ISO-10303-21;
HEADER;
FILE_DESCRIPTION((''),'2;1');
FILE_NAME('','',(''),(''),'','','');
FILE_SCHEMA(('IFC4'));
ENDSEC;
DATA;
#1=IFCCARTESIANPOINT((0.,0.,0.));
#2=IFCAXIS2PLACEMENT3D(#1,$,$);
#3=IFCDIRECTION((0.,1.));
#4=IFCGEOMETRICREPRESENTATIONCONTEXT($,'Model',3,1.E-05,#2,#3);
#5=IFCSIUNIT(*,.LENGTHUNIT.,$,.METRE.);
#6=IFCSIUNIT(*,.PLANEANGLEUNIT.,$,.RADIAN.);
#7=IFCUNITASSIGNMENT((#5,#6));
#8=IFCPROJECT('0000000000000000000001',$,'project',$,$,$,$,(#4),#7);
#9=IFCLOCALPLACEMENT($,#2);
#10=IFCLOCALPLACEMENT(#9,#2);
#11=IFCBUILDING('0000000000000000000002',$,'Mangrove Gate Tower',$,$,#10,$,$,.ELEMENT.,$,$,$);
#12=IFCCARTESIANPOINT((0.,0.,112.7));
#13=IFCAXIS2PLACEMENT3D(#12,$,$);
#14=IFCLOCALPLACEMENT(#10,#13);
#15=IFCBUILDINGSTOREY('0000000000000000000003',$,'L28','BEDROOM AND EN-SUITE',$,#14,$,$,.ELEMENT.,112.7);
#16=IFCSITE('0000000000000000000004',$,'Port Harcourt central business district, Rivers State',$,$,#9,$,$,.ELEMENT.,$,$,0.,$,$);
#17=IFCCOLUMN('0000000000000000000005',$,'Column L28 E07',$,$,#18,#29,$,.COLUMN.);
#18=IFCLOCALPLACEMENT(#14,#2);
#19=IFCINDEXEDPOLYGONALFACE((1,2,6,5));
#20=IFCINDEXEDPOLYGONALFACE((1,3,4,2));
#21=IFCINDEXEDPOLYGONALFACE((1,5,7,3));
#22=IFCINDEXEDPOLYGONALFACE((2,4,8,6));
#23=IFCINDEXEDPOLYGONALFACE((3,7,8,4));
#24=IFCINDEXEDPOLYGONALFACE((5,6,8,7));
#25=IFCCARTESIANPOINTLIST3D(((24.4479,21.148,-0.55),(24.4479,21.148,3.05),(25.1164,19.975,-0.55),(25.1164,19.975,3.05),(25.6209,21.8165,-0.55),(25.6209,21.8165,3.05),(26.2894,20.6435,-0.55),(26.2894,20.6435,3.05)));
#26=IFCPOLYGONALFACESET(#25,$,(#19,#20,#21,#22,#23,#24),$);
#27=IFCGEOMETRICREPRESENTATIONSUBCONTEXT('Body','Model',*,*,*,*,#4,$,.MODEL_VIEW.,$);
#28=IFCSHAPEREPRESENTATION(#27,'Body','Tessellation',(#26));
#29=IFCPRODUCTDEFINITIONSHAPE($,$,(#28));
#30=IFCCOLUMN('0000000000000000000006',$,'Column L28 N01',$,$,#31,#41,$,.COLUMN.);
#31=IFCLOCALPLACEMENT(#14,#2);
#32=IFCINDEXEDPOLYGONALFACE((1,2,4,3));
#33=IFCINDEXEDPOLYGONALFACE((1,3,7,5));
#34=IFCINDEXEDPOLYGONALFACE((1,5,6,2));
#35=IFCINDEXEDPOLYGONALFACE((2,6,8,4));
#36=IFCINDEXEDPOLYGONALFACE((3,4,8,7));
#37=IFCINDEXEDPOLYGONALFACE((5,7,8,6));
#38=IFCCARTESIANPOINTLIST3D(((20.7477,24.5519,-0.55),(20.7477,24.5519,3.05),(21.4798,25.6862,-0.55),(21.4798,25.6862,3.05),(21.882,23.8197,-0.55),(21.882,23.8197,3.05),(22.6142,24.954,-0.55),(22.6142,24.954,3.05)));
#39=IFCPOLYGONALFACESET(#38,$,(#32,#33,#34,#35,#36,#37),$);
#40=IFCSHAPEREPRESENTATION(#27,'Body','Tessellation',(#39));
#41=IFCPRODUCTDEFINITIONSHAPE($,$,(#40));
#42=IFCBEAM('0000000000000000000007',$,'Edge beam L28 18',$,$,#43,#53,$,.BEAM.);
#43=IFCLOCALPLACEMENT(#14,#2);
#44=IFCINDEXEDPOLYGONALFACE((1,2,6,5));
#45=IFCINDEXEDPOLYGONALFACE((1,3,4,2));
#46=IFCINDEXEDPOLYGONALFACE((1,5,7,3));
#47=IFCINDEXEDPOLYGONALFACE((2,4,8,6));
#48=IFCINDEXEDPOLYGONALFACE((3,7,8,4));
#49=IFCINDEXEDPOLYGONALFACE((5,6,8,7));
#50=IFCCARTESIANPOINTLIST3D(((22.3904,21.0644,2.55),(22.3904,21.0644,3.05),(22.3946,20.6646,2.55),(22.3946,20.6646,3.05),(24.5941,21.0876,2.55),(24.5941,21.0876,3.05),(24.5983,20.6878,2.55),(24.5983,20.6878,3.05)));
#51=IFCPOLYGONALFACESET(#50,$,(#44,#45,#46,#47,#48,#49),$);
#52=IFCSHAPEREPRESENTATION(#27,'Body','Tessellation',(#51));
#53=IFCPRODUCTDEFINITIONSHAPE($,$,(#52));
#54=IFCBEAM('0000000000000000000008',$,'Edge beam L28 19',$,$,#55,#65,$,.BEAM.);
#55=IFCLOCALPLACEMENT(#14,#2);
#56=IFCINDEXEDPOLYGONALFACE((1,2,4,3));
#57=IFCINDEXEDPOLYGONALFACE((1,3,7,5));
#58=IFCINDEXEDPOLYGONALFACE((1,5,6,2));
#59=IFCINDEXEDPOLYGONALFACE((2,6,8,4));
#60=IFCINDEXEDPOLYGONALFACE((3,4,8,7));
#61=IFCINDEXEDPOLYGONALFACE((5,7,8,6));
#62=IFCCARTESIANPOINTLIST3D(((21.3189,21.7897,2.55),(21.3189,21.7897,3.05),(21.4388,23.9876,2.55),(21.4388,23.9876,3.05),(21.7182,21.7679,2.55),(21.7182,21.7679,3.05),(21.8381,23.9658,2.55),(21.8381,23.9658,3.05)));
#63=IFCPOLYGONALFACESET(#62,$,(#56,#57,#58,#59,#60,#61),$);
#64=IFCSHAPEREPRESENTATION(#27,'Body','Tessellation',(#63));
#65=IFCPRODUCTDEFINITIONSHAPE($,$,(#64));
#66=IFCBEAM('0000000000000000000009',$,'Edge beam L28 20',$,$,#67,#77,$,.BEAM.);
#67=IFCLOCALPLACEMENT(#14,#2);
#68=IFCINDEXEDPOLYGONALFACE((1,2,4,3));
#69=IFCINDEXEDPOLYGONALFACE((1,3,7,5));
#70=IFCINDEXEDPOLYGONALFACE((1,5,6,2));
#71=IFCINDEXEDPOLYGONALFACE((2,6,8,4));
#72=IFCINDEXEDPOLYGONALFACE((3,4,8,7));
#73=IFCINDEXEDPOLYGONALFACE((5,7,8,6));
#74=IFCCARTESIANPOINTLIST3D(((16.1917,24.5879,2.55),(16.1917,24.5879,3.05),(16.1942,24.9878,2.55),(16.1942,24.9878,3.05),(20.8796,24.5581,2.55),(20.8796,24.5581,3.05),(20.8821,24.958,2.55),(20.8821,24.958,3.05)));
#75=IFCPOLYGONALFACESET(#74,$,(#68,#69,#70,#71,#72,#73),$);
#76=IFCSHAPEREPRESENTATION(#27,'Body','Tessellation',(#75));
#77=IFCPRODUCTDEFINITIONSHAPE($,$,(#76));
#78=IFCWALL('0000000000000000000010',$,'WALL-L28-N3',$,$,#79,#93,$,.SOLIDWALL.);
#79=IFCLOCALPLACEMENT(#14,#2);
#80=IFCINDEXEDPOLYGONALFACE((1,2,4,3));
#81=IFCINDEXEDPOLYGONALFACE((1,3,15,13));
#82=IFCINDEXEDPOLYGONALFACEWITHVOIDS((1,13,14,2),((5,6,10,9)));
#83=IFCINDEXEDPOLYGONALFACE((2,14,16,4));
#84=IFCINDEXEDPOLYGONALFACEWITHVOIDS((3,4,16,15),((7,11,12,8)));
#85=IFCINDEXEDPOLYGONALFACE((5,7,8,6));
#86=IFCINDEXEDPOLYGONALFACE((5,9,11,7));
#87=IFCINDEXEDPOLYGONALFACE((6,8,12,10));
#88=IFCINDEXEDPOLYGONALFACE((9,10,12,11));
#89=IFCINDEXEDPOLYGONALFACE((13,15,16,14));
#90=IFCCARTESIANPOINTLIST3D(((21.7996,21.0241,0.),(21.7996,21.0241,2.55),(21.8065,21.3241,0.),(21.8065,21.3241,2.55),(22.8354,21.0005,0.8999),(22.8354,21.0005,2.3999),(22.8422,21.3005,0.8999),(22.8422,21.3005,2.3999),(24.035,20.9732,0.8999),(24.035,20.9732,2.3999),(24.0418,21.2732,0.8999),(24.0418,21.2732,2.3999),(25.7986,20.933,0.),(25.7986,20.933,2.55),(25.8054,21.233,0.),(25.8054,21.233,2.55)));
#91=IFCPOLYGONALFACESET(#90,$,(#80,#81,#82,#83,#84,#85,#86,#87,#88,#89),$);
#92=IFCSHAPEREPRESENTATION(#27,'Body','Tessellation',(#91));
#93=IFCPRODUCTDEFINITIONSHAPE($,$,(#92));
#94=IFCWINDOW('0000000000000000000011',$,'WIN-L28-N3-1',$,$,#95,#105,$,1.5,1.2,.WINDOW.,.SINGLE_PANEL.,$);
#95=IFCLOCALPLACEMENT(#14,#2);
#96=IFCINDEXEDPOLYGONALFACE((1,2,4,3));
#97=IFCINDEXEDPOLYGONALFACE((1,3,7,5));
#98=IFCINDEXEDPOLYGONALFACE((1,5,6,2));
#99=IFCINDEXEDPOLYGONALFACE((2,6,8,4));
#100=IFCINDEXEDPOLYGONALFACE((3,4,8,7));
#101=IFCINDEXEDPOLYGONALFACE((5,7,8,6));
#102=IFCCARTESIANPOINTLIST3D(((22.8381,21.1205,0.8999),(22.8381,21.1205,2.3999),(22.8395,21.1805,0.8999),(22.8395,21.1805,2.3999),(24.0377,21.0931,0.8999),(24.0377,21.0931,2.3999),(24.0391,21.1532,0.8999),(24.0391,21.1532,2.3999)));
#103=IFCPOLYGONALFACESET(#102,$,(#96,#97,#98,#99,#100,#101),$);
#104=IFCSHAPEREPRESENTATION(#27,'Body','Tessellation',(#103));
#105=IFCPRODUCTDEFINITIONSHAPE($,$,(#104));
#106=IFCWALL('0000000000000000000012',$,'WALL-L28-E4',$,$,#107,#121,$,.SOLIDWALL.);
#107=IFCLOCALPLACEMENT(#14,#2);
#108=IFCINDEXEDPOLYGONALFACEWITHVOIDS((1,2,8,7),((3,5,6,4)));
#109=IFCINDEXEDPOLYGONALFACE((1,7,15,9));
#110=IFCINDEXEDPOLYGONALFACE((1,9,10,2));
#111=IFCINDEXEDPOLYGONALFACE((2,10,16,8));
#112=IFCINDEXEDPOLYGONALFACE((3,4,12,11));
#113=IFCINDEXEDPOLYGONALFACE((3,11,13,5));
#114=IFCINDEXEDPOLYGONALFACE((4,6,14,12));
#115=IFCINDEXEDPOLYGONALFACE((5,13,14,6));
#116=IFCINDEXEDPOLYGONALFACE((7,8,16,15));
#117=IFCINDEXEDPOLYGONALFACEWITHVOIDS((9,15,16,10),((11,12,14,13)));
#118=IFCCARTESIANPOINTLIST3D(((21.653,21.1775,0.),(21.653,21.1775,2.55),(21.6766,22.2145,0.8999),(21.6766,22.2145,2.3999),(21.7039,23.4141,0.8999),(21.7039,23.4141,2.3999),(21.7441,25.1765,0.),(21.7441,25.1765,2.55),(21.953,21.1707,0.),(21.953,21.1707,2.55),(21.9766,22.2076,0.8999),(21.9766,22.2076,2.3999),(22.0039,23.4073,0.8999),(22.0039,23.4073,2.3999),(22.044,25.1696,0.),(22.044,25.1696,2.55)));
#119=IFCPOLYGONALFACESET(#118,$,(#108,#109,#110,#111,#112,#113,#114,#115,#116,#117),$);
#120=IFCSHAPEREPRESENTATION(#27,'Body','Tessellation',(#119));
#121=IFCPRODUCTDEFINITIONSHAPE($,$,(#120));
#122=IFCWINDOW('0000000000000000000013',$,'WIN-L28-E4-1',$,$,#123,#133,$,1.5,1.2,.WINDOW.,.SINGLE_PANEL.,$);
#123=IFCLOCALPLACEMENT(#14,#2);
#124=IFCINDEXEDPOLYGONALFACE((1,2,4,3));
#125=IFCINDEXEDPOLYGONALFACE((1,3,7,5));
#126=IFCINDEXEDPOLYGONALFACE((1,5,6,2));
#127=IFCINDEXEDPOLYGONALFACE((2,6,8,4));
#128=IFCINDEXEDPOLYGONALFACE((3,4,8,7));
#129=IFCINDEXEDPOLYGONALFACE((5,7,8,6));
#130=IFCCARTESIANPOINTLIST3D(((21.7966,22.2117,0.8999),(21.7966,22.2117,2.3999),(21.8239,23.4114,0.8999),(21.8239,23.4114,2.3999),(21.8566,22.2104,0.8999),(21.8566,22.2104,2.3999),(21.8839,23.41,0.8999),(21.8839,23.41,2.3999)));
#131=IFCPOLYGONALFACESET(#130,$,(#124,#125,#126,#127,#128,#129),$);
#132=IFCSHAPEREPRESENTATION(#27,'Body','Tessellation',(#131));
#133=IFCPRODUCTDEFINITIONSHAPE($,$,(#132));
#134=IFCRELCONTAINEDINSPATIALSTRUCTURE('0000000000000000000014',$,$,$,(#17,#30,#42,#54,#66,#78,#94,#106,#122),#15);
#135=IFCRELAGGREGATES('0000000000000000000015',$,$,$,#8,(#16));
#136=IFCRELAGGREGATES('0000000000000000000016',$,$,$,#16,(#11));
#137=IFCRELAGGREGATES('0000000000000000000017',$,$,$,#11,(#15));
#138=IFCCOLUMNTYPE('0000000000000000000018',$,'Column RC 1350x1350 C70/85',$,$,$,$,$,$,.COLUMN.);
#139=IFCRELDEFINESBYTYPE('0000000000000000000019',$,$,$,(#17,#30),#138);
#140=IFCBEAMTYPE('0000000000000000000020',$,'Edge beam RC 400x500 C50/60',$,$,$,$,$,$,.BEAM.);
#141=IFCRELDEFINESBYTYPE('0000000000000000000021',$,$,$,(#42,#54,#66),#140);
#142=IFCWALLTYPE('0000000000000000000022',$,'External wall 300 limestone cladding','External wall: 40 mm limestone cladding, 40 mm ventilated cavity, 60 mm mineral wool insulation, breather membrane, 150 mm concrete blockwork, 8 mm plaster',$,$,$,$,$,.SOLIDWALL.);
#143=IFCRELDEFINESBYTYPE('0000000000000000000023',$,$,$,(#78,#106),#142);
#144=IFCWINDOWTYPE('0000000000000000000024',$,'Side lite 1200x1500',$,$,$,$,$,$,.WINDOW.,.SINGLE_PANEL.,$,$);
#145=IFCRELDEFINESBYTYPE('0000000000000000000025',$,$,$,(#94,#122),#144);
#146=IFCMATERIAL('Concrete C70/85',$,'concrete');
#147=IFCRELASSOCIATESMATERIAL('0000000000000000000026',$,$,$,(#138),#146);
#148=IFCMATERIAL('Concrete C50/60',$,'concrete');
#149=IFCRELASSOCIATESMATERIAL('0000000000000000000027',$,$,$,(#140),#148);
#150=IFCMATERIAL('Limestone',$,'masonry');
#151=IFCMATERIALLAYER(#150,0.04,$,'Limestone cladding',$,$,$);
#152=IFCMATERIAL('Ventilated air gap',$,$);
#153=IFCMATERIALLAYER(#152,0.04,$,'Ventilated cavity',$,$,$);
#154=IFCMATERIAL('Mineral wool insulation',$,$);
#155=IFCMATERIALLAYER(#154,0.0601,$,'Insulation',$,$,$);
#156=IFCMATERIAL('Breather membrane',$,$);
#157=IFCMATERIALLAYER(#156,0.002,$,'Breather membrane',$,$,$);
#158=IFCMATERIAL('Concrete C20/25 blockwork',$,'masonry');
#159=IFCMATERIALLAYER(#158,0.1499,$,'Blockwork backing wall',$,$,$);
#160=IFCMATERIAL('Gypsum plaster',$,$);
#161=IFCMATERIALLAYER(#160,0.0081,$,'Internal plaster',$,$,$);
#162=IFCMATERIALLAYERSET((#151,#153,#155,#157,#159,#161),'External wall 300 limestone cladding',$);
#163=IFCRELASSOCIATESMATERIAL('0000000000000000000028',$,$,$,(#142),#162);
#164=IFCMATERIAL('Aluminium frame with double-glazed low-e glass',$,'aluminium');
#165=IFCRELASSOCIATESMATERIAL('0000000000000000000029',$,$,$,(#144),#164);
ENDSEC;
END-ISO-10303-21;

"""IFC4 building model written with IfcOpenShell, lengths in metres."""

from ifc_helpers import new_model, si_unit, direction, frame, frame_2d, origin, origin_2d, place, context, subcontext, project, spatial, rectangle, extrude, material, layer, layer_set, material_profile, profile_set, type_object, element, fill, save


model = new_model("IFC4")

# Units and contexts
model_context = context("Model", 3, precision=1e-05, world=origin(), true_north=direction((0.0, 1.0)))
body_context = subcontext(model_context, "Body", "Model", "MODEL_VIEW")
ifc_project = project(units=[si_unit("LENGTHUNIT", "METRE"), si_unit("PLANEANGLEUNIT", "RADIAN")], contexts=[model_context])

# Site, building, storey
site_placement = place(None, origin())
site = spatial("IfcSite", under=ifc_project, at=site_placement, Name="Port Harcourt central business district, Rivers State", CompositionType="ELEMENT", RefElevation=0.0)
building_placement = place(site_placement, origin())
building = spatial("IfcBuilding", under=site, at=building_placement, Name="Mangrove Gate Tower", CompositionType="ELEMENT")
storey_placement = place(building_placement, frame((0.0, 0.0, 112.7)))
storey = spatial("IfcBuildingStorey", under=building, at=storey_placement, Name="L28", Description="BEDROOM AND EN-SUITE", CompositionType="ELEMENT", Elevation=112.7)

# Columns
ifc_material_1 = material(Name="Concrete C70/85", Category="concrete")
ifc_material_profile_1 = material_profile(ifc_material_1, rectangle(XDim=1.3501, YDim=1.3501, at=origin_2d()))
ifc_profile_set_1 = profile_set([ifc_material_profile_1], Name="Concrete C70/85")
column_type = type_object("IfcColumnType", Name="Column RC 1350x1350 C70/85", PredefinedType="COLUMN", material=ifc_profile_set_1)
for number, where, z_axis, x_axis, name in (
    (1, (25.3687, 20.8958, -0.55), (0.0, 0.0, 1.0), (-0.495141, 0.868813, 0.0), "Column L28 E07"),
    (2, (21.6809, 24.7529, -0.55), (0.0, 0.0, 1.0), (-0.84017, 0.542323, 0.0), "Column L28 N01"),
):
    element("IfcColumn", number, at=place(storey_placement, frame(where, z_axis=z_axis, x_axis=x_axis)), inside=storey, type_object=column_type, Name=name, PredefinedType="COLUMN", context=body_context, shape_type="SweptSolid", body=[
        extrude(rectangle(XDim=1.3501, YDim=1.3501, at=origin_2d()), origin(), (0.0, 0.0, 1.0), 3.6001),
    ])

# Beams
ifc_material_2 = material(Name="Concrete C50/60", Category="concrete")
ifc_material_profile_2 = material_profile(ifc_material_2, rectangle(XDim=0.3999, YDim=0.5, at=origin_2d()))
ifc_profile_set_2 = profile_set([ifc_material_profile_2], Name="Concrete C50/60")
beam_type = type_object("IfcBeamType", Name="Edge beam RC 400x500 C50/60", PredefinedType="BEAM", material=ifc_profile_set_2)
beam_1_placement = place(storey_placement, frame((24.5962, 20.8877, 2.8), z_axis=(-0.999945, -0.010523, 0.0), x_axis=(0.010523, -0.999945, 0.0)))
element("IfcBeam", 3, at=beam_1_placement, inside=storey, type_object=beam_type, Name="Edge beam L28 18", PredefinedType="BEAM", context=body_context, shape_type="SweptSolid", body=[
    extrude(rectangle(XDim=0.3999, YDim=0.5, at=origin_2d()), origin(), (0.0, 0.0, 1.0), 2.2039),
])
beam_2_placement = place(storey_placement, frame((21.5186, 21.7788, 2.8), z_axis=(0.054456, 0.998516, 0.0), x_axis=(-0.998516, 0.054456, 0.0)))
element("IfcBeam", 4, at=beam_2_placement, inside=storey, type_object=beam_type, Name="Edge beam L28 19", PredefinedType="BEAM", context=body_context, shape_type="SweptSolid", body=[
    extrude(rectangle(XDim=0.3999, YDim=0.5, at=origin_2d()), origin(), (0.0, 0.0, 1.0), 2.2012),
])
beam_3_placement = place(storey_placement, frame((20.8809, 24.7581, 2.8), z_axis=(-0.99998, 0.006353, 0.0), x_axis=(-0.006353, -0.99998, 0.0)))
element("IfcBeam", 5, at=beam_3_placement, inside=storey, type_object=beam_type, Name="Edge beam L28 20", PredefinedType="BEAM", context=body_context, shape_type="SweptSolid", body=[
    extrude(rectangle(XDim=0.3999, YDim=0.5, at=origin_2d()), origin(), (0.0, 0.0, 1.0), 4.688),
])

# Walls, openings, windows
ifc_material_3 = material(Name="Limestone", Category="masonry")
ifc_layer_1 = layer(ifc_material_3, 0.04, Name="Limestone cladding")
ifc_material_4 = material(Name="Ventilated air gap")
ifc_layer_2 = layer(ifc_material_4, 0.04, Name="Ventilated cavity")
ifc_material_5 = material(Name="Mineral wool insulation")
ifc_layer_3 = layer(ifc_material_5, 0.0601, Name="Insulation")
ifc_material_6 = material(Name="Breather membrane")
ifc_layer_4 = layer(ifc_material_6, 0.002, Name="Breather membrane")
ifc_material_7 = material(Name="Concrete C20/25 blockwork", Category="masonry")
ifc_layer_5 = layer(ifc_material_7, 0.1499, Name="Blockwork backing wall")
ifc_material_8 = material(Name="Gypsum plaster")
ifc_layer_6 = layer(ifc_material_8, 0.0081, Name="Internal plaster")
ifc_layer_set = layer_set([ifc_layer_1, ifc_layer_2, ifc_layer_3, ifc_layer_4, ifc_layer_5, ifc_layer_6], Name="External wall 300 limestone cladding")
wall_type = type_object("IfcWallType", Name="External wall 300 limestone cladding", Description="External wall: 40 mm limestone cladding, 40 mm ventilated cavity, 60 mm mineral wool insulation, breather membrane, 150 mm concrete blockwork, 8 mm plaster", PredefinedType="SOLIDWALL", material=ifc_layer_set)
wall_1_placement = place(storey_placement, frame((25.802, 21.083, 0.0), z_axis=(0.0, 0.0, 1.0), x_axis=(-0.999741, 0.022766, 0.0)))
wall_1 = element("IfcWall", 6, at=wall_1_placement, inside=storey, type_object=wall_type, Name="WALL-L28-N3", PredefinedType="SOLIDWALL", context=body_context, shape_type="SweptSolid", body=[
    extrude(rectangle(XDim=4.0, YDim=0.3, at=frame_2d((2.0, 0.0))), origin(), (0.0, 0.0, 1.0), 2.55),
])
opening_1_placement = place(wall_1_placement, frame((1.7639, 0.0, 0.8999)))
opening_1 = element("IfcOpeningElement", 7, at=opening_1_placement, cuts=wall_1, PredefinedType="OPENING", context=body_context, shape_type="SweptSolid", body=[
    extrude(rectangle(XDim=1.2, YDim=1.5, at=frame_2d((0.6001, 0.75))), frame((0.0, 0.1599, 0.0), z_axis=(0.0, -1.0, 0.0), x_axis=(1.0, 0.0, 0.0)), (0.0, 0.0, 1.0), 0.3201),
])
ifc_material_9 = material(Name="Aluminium frame with double-glazed low-e glass", Category="aluminium")
window_type_1 = type_object("IfcWindowType", Name="Side lite 1200x1500", PartitioningType="SINGLE_PANEL", PredefinedType="WINDOW", material=ifc_material_9)
window_1_placement = place(opening_1_placement, origin())
window_1 = element("IfcWindow", 8, at=window_1_placement, inside=storey, type_object=window_type_1, Name="WIN-L28-N3-1", OverallHeight=1.5, OverallWidth=1.2, PartitioningType="SINGLE_PANEL", PredefinedType="WINDOW", context=body_context, shape_type="SweptSolid", body=[
    extrude(rectangle(XDim=1.2, YDim=1.5, at=frame_2d((0.6001, 0.75))), frame((0.0, 0.03, 0.0), z_axis=(0.0, -1.0, 0.0), x_axis=(1.0, 0.0, 0.0)), (0.0, 0.0, 1.0), 0.0601),
])
fill(opening_1, window_1)
wall_2_placement = place(storey_placement, frame((21.803, 21.1741, 0.0), z_axis=(0.0, 0.0, 1.0), x_axis=(0.022766, 0.999741, 0.0)))
wall_2 = element("IfcWall", 9, at=wall_2_placement, inside=storey, type_object=wall_type, Name="WALL-L28-E4", PredefinedType="SOLIDWALL", context=body_context, shape_type="SweptSolid", body=[
    extrude(rectangle(XDim=4.0, YDim=0.3, at=frame_2d((2.0, 0.0))), origin(), (0.0, 0.0, 1.0), 2.55),
])
opening_2_placement = place(wall_2_placement, frame((1.0371, 0.0, 0.8999)))
opening_2 = element("IfcOpeningElement", 10, at=opening_2_placement, cuts=wall_2, PredefinedType="OPENING", context=body_context, shape_type="SweptSolid", body=[
    extrude(rectangle(XDim=1.2, YDim=1.5, at=frame_2d((0.6001, 0.75))), frame((0.0, 0.1599, 0.0), z_axis=(0.0, -1.0, 0.0), x_axis=(1.0, 0.0, 0.0)), (0.0, 0.0, 1.0), 0.3201),
])
window_2_placement = place(opening_2_placement, origin())
window_2 = element("IfcWindow", 11, at=window_2_placement, inside=storey, type_object=window_type_1, Name="WIN-L28-E4-1", OverallHeight=1.5, OverallWidth=1.2, PartitioningType="SINGLE_PANEL", PredefinedType="WINDOW", context=body_context, shape_type="SweptSolid", body=[
    extrude(rectangle(XDim=1.2, YDim=1.5, at=frame_2d((0.6001, 0.75))), frame((0.0, 0.03, 0.0), z_axis=(0.0, -1.0, 0.0), x_axis=(1.0, 0.0, 0.0)), (0.0, 0.0, 1.0), 0.0601),
])
fill(opening_2, window_2)

save(model, "model.ifc")
